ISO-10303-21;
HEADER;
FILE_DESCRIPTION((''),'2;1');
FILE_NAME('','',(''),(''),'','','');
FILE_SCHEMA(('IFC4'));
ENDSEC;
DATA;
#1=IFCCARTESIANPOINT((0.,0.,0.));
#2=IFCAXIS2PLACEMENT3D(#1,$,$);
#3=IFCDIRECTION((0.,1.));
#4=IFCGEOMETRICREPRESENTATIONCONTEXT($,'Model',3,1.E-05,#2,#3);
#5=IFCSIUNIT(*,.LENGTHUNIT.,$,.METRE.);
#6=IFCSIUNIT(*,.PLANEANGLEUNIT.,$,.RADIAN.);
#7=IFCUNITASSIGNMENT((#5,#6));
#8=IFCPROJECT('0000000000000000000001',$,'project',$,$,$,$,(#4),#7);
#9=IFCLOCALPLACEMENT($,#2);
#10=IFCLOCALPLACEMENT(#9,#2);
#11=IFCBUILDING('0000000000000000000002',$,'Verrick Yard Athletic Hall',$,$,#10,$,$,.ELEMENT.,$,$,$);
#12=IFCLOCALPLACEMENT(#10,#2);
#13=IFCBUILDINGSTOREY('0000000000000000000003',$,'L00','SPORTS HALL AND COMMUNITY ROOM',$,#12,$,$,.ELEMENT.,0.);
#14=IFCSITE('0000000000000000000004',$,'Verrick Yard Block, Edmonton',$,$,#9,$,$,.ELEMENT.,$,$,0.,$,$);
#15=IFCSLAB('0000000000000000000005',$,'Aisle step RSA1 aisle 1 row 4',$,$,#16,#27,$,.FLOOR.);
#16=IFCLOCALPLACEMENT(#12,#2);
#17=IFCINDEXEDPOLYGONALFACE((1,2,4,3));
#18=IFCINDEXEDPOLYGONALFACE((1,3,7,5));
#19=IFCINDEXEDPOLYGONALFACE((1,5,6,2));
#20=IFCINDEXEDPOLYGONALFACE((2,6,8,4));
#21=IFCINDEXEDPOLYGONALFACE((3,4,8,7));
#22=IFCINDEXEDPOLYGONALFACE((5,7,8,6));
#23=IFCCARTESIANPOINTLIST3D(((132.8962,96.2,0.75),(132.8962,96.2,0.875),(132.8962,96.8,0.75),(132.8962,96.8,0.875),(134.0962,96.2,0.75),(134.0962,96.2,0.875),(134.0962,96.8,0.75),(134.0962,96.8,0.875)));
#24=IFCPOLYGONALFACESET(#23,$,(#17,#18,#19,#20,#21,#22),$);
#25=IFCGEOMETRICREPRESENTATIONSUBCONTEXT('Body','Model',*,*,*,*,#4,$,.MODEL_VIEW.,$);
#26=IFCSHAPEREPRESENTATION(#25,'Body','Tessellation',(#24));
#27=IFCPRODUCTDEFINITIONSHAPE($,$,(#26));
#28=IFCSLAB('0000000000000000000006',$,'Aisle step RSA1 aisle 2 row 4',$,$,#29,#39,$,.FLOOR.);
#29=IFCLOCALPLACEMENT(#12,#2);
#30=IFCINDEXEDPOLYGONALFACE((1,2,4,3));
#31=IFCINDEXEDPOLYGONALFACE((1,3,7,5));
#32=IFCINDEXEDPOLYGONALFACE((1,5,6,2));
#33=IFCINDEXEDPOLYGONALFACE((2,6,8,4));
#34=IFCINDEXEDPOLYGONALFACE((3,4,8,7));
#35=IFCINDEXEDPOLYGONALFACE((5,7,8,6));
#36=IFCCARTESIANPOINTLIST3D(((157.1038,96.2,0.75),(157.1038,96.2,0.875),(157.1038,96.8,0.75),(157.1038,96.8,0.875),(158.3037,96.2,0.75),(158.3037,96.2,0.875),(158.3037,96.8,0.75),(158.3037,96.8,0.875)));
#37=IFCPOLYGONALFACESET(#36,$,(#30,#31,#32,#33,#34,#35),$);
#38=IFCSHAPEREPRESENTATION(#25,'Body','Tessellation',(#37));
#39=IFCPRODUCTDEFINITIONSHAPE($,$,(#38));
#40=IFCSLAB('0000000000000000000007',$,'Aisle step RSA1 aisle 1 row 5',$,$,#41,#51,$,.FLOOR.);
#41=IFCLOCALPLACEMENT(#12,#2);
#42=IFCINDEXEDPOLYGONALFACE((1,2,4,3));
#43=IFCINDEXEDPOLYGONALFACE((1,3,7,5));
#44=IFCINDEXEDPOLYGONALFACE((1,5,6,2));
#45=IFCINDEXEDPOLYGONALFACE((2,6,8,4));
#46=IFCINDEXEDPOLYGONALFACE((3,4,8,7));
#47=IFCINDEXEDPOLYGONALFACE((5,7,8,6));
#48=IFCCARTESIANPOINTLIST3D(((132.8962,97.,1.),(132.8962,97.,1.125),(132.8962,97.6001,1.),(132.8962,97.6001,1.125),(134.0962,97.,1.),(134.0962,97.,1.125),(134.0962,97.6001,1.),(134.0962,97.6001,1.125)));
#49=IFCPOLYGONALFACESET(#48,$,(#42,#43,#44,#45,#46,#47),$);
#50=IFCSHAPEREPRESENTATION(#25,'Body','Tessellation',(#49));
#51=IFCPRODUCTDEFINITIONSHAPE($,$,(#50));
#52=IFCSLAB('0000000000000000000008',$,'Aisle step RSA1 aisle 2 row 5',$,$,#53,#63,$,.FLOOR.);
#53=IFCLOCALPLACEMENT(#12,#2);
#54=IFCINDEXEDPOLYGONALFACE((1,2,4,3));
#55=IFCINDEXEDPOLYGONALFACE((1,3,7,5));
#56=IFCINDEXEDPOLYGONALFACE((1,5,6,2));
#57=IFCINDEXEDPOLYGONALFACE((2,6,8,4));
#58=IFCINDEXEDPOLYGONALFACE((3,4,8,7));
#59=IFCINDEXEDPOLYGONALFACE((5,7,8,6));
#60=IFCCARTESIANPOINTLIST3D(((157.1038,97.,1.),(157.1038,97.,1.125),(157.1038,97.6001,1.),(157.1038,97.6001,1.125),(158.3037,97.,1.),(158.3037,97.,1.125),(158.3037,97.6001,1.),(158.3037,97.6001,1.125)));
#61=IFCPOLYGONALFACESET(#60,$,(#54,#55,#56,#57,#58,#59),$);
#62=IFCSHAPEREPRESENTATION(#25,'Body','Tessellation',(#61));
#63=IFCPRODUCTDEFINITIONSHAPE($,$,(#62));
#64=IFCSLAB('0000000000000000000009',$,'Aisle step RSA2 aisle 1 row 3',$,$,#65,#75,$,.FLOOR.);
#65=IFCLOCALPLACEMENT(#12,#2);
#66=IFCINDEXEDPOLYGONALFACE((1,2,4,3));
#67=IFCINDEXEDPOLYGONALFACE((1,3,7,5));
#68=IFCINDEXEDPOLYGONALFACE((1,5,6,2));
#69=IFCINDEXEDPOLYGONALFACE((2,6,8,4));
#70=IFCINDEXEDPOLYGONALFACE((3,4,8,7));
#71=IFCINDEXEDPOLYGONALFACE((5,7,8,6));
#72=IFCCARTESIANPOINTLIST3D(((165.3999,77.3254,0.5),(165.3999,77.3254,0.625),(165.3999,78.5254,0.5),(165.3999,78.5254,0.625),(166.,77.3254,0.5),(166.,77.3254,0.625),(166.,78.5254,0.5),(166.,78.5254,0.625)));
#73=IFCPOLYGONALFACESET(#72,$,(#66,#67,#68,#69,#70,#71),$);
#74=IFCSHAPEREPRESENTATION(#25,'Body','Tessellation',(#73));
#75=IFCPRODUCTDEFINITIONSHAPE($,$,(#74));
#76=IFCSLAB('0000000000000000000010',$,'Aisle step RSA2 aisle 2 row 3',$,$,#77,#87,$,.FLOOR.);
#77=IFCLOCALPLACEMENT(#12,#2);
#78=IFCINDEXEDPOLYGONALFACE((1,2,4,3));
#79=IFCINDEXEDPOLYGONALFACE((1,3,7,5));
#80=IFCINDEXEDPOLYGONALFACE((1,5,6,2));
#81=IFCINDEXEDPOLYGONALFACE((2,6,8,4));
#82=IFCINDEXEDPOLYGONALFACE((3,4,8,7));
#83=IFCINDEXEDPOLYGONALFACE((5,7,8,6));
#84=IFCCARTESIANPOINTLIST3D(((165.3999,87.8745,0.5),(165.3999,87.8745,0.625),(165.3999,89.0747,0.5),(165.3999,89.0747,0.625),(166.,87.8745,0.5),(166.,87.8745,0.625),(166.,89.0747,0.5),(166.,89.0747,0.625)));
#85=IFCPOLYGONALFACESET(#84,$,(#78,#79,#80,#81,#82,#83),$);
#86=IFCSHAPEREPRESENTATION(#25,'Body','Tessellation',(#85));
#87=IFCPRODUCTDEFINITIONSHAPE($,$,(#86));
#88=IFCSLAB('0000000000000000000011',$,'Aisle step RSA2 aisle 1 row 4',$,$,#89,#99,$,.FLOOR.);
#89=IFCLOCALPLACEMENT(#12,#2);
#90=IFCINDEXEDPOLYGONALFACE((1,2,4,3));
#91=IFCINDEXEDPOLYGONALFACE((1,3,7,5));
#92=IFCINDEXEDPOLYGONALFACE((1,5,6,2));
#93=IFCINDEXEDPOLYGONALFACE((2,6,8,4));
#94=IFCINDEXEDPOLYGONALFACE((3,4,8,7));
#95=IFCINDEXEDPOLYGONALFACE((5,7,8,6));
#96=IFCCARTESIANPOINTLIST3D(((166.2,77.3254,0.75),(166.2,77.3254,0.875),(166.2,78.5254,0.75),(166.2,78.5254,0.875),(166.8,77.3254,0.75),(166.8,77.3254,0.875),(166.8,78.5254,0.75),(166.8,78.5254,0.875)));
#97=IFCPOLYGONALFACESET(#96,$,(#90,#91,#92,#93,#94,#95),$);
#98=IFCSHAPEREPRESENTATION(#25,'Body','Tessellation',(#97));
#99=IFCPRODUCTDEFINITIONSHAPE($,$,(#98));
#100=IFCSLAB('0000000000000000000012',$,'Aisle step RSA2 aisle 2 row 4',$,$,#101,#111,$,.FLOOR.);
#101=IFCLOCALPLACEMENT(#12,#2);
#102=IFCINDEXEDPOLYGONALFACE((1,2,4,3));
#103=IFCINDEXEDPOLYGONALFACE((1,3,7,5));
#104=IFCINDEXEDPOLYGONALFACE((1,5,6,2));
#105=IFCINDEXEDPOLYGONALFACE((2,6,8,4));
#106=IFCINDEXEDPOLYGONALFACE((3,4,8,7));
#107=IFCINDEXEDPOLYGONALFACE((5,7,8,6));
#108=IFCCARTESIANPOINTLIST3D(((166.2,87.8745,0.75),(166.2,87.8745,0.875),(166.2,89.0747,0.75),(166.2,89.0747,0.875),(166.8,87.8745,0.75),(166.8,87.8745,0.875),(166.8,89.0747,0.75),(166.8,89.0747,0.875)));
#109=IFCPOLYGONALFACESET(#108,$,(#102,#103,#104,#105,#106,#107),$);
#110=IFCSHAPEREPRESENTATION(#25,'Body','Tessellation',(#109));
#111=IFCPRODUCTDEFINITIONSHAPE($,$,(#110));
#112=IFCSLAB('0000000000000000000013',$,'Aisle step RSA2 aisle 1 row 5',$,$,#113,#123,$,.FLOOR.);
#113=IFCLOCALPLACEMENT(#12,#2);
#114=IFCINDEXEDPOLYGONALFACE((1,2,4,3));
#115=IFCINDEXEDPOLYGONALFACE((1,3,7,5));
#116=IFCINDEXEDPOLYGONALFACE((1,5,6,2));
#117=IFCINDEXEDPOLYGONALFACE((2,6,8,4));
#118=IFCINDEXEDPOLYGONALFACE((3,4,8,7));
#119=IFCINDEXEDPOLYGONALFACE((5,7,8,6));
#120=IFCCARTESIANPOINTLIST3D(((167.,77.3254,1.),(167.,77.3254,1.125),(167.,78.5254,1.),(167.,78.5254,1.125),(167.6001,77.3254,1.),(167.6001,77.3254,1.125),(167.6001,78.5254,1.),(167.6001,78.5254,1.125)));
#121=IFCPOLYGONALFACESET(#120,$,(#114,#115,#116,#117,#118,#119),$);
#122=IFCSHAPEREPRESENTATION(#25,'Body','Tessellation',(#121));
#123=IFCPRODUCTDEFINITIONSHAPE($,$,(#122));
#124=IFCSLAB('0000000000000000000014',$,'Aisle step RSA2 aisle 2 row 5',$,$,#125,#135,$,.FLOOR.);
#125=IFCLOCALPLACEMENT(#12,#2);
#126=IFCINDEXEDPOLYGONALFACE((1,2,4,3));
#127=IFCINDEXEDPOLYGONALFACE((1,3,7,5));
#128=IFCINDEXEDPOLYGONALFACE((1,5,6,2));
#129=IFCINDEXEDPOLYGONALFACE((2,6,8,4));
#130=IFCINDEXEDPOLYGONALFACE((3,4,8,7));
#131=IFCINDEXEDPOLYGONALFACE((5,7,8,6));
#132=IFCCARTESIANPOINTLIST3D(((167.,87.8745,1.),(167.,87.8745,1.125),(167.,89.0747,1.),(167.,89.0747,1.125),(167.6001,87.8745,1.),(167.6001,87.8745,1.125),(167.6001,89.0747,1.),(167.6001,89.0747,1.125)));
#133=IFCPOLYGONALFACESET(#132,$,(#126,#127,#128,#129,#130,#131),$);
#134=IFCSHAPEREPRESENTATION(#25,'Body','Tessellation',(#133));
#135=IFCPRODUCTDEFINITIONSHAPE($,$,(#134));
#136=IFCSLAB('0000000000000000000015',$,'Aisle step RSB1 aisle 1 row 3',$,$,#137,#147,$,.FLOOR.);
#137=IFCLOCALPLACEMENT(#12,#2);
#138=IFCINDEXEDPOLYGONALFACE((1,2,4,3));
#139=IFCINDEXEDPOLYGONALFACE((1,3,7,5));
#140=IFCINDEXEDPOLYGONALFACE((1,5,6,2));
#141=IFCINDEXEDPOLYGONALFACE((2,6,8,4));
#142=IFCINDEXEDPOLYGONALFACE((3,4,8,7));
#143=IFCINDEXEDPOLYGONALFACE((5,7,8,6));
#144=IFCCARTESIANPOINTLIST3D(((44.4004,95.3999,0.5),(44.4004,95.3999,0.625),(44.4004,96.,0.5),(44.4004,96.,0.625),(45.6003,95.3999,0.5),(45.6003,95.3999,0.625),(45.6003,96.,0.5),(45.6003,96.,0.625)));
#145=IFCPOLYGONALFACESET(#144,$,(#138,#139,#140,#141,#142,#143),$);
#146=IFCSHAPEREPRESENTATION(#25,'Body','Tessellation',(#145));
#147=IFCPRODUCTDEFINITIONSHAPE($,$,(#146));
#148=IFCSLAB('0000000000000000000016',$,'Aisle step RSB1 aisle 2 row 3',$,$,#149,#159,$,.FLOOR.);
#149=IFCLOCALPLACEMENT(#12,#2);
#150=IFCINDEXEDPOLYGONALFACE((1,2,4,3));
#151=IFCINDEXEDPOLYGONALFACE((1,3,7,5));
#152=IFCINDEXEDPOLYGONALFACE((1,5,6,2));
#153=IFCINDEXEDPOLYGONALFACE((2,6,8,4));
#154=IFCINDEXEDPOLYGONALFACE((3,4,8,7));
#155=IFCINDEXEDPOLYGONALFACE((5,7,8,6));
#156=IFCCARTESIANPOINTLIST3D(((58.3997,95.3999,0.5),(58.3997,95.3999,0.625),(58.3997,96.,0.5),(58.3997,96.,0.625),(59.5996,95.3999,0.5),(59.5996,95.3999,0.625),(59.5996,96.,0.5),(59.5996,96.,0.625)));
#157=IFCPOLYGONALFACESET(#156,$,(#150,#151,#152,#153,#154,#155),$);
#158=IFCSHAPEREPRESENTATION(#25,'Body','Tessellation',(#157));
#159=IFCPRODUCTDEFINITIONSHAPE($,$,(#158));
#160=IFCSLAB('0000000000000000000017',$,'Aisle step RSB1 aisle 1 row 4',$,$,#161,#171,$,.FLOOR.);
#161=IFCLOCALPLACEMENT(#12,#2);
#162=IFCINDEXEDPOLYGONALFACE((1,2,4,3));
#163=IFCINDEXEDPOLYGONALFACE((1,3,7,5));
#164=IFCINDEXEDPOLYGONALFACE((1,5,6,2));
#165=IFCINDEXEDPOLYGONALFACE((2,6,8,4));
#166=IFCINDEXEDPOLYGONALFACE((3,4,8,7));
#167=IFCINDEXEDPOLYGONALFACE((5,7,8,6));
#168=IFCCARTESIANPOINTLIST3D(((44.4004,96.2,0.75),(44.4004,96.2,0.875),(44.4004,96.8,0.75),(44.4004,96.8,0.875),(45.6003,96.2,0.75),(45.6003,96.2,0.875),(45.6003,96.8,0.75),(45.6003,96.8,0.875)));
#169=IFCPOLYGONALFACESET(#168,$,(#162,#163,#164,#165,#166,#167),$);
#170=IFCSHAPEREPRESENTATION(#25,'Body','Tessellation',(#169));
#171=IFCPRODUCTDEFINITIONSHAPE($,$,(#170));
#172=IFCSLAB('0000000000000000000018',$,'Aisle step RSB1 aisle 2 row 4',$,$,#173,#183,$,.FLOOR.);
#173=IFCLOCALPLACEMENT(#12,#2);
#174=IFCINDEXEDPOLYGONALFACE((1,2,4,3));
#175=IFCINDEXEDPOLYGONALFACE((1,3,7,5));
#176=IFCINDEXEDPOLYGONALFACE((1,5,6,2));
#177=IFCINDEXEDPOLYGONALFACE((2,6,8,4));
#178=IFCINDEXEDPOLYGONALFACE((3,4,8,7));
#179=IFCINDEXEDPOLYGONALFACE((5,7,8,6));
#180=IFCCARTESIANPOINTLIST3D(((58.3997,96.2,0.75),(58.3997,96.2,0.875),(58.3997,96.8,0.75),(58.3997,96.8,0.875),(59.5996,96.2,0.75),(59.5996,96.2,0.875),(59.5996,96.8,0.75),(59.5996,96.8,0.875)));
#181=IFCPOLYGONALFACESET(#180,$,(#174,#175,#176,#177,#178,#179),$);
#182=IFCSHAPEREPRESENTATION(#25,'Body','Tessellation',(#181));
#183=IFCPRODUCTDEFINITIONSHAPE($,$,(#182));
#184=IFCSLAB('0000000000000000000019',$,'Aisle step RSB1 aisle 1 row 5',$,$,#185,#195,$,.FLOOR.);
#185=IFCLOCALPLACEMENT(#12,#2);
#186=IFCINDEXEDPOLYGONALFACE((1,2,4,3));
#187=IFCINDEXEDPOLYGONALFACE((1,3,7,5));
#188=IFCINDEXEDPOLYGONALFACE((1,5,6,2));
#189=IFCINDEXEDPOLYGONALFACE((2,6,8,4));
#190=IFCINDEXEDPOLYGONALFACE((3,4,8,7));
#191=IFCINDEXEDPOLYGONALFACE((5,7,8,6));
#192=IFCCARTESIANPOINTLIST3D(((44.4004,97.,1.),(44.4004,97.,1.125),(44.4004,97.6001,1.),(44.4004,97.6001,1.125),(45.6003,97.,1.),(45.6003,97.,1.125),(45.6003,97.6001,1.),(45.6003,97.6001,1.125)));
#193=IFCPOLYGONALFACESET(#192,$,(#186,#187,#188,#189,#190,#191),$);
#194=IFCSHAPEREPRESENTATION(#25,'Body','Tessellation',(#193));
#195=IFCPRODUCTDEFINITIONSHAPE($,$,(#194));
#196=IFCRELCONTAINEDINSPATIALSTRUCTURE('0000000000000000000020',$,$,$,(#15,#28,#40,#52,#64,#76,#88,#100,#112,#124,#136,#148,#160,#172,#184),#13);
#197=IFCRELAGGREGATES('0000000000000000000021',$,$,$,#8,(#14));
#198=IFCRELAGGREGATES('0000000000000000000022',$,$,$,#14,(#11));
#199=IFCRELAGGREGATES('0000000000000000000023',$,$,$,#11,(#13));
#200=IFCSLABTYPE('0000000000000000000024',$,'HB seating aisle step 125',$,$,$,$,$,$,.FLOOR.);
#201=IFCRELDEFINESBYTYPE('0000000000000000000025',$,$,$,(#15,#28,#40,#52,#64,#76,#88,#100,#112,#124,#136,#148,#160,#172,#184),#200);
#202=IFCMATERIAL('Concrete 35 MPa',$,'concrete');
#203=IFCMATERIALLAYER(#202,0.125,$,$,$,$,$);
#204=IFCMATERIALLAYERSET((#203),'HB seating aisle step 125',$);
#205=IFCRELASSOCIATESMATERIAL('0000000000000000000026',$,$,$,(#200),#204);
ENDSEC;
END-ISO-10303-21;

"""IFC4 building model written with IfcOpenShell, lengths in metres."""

from ifc_helpers import new_model, si_unit, direction, frame, origin, place, context, subcontext, project, spatial, polyline, outline, extrude, material, layer, layer_set, type_object, element, save


model = new_model("IFC4")

# Units and contexts
model_context = context("Model", 3, precision=1e-05, world=origin(), true_north=direction((0.0, 1.0)))
body_context = subcontext(model_context, "Body", "Model", "MODEL_VIEW")
ifc_project = project(units=[si_unit("LENGTHUNIT", "METRE"), si_unit("PLANEANGLEUNIT", "RADIAN")], contexts=[model_context])

# Site, building, storey
site_placement = place(None, origin())
site = spatial("IfcSite", under=ifc_project, at=site_placement, Name="Verrick Yard Block, Edmonton", CompositionType="ELEMENT", RefElevation=0.0)
building_placement = place(site_placement, origin())
building = spatial("IfcBuilding", under=site, at=building_placement, Name="Verrick Yard Athletic Hall", CompositionType="ELEMENT")
storey_placement = place(building_placement, origin())
storey = spatial("IfcBuildingStorey", under=building, at=storey_placement, Name="L00", Description="SPORTS HALL AND COMMUNITY ROOM", CompositionType="ELEMENT", Elevation=0.0)

# Slabs
ifc_material = material(Name="Concrete 35 MPa", Category="concrete")
ifc_layer_1 = layer(ifc_material, 0.125)
ifc_layer_set_1 = layer_set([ifc_layer_1], Name="HB seating aisle step 125")
slab_type_1 = type_object("IfcSlabType", Name="HB seating aisle step 125", PredefinedType="FLOOR", material=ifc_layer_set_1)
slab_1_placement = place(storey_placement, frame((0.0, 0.0, 0.75)))
element("IfcSlab", 1, at=slab_1_placement, inside=storey, type_object=slab_type_1, Name="Aisle step RSA1 aisle 1 row 4", PredefinedType="FLOOR", context=body_context, shape_type="SweptSolid", body=[
    extrude(outline(polyline([(132.8962, 96.2), (134.0962, 96.2), (134.0962, 96.8), (132.8962, 96.8), (132.8962, 96.2)])), origin(), (0.0, 0.0, 1.0), 0.125),
])
slab_2_placement = place(storey_placement, frame((0.0, 0.0, 0.75)))
element("IfcSlab", 2, at=slab_2_placement, inside=storey, type_object=slab_type_1, Name="Aisle step RSA1 aisle 2 row 4", PredefinedType="FLOOR", context=body_context, shape_type="SweptSolid", body=[
    extrude(outline(polyline([(157.1038, 96.2), (158.3037, 96.2), (158.3037, 96.8), (157.1038, 96.8), (157.1038, 96.2)])), origin(), (0.0, 0.0, 1.0), 0.125),
])
slab_3_placement = place(storey_placement, frame((0.0, 0.0, 1.0)))
element("IfcSlab", 3, at=slab_3_placement, inside=storey, type_object=slab_type_1, Name="Aisle step RSA1 aisle 1 row 5", PredefinedType="FLOOR", context=body_context, shape_type="SweptSolid", body=[
    extrude(outline(polyline([(132.8962, 97.0), (134.0962, 97.0), (134.0962, 97.6001), (132.8962, 97.6001), (132.8962, 97.0)])), origin(), (0.0, 0.0, 1.0), 0.125),
])
slab_4_placement = place(storey_placement, frame((0.0, 0.0, 1.0)))
element("IfcSlab", 4, at=slab_4_placement, inside=storey, type_object=slab_type_1, Name="Aisle step RSA1 aisle 2 row 5", PredefinedType="FLOOR", context=body_context, shape_type="SweptSolid", body=[
    extrude(outline(polyline([(157.1038, 97.0), (158.3037, 97.0), (158.3037, 97.6001), (157.1038, 97.6001), (157.1038, 97.0)])), origin(), (0.0, 0.0, 1.0), 0.125),
])
slab_5_placement = place(storey_placement, frame((0.0, 0.0, 0.5)))
element("IfcSlab", 5, at=slab_5_placement, inside=storey, type_object=slab_type_1, Name="Aisle step RSA2 aisle 1 row 3", PredefinedType="FLOOR", context=body_context, shape_type="SweptSolid", body=[
    extrude(outline(polyline([(166.0, 77.3254), (166.0, 78.5254), (165.3999, 78.5254), (165.3999, 77.3254), (166.0, 77.3254)])), origin(), (0.0, 0.0, 1.0), 0.125),
])
slab_6_placement = place(storey_placement, frame((0.0, 0.0, 0.5)))
element("IfcSlab", 6, at=slab_6_placement, inside=storey, type_object=slab_type_1, Name="Aisle step RSA2 aisle 2 row 3", PredefinedType="FLOOR", context=body_context, shape_type="SweptSolid", body=[
    extrude(outline(polyline([(166.0, 87.8745), (166.0, 89.0747), (165.3999, 89.0747), (165.3999, 87.8745), (166.0, 87.8745)])), origin(), (0.0, 0.0, 1.0), 0.125),
])
slab_7_placement = place(storey_placement, frame((0.0, 0.0, 0.75)))
element("IfcSlab", 7, at=slab_7_placement, inside=storey, type_object=slab_type_1, Name="Aisle step RSA2 aisle 1 row 4", PredefinedType="FLOOR", context=body_context, shape_type="SweptSolid", body=[
    extrude(outline(polyline([(166.8, 77.3254), (166.8, 78.5254), (166.2, 78.5254), (166.2, 77.3254), (166.8, 77.3254)])), origin(), (0.0, 0.0, 1.0), 0.125),
])
slab_8_placement = place(storey_placement, frame((0.0, 0.0, 0.75)))
element("IfcSlab", 8, at=slab_8_placement, inside=storey, type_object=slab_type_1, Name="Aisle step RSA2 aisle 2 row 4", PredefinedType="FLOOR", context=body_context, shape_type="SweptSolid", body=[
    extrude(outline(polyline([(166.8, 87.8745), (166.8, 89.0747), (166.2, 89.0747), (166.2, 87.8745), (166.8, 87.8745)])), origin(), (0.0, 0.0, 1.0), 0.125),
])
slab_9_placement = place(storey_placement, frame((0.0, 0.0, 1.0)))
element("IfcSlab", 9, at=slab_9_placement, inside=storey, type_object=slab_type_1, Name="Aisle step RSA2 aisle 1 row 5", PredefinedType="FLOOR", context=body_context, shape_type="SweptSolid", body=[
    extrude(outline(polyline([(167.6001, 77.3254), (167.6001, 78.5254), (167.0, 78.5254), (167.0, 77.3254), (167.6001, 77.3254)])), origin(), (0.0, 0.0, 1.0), 0.125),
])
slab_10_placement = place(storey_placement, frame((0.0, 0.0, 1.0)))
element("IfcSlab", 10, at=slab_10_placement, inside=storey, type_object=slab_type_1, Name="Aisle step RSA2 aisle 2 row 5", PredefinedType="FLOOR", context=body_context, shape_type="SweptSolid", body=[
    extrude(outline(polyline([(167.6001, 87.8745), (167.6001, 89.0747), (167.0, 89.0747), (167.0, 87.8745), (167.6001, 87.8745)])), origin(), (0.0, 0.0, 1.0), 0.125),
])
slab_11_placement = place(storey_placement, frame((0.0, 0.0, 0.5)))
element("IfcSlab", 11, at=slab_11_placement, inside=storey, type_object=slab_type_1, Name="Aisle step RSB1 aisle 1 row 3", PredefinedType="FLOOR", context=body_context, shape_type="SweptSolid", body=[
    extrude(outline(polyline([(44.4004, 95.3999), (45.6003, 95.3999), (45.6003, 96.0), (44.4004, 96.0), (44.4004, 95.3999)])), origin(), (0.0, 0.0, 1.0), 0.125),
])
slab_12_placement = place(storey_placement, frame((0.0, 0.0, 0.5)))
element("IfcSlab", 12, at=slab_12_placement, inside=storey, type_object=slab_type_1, Name="Aisle step RSB1 aisle 2 row 3", PredefinedType="FLOOR", context=body_context, shape_type="SweptSolid", body=[
    extrude(outline(polyline([(58.3997, 95.3999), (59.5996, 95.3999), (59.5996, 96.0), (58.3997, 96.0), (58.3997, 95.3999)])), origin(), (0.0, 0.0, 1.0), 0.125),
])
slab_13_placement = place(storey_placement, frame((0.0, 0.0, 0.75)))
element("IfcSlab", 13, at=slab_13_placement, inside=storey, type_object=slab_type_1, Name="Aisle step RSB1 aisle 1 row 4", PredefinedType="FLOOR", context=body_context, shape_type="SweptSolid", body=[
    extrude(outline(polyline([(44.4004, 96.2), (45.6003, 96.2), (45.6003, 96.8), (44.4004, 96.8), (44.4004, 96.2)])), origin(), (0.0, 0.0, 1.0), 0.125),
])
slab_14_placement = place(storey_placement, frame((0.0, 0.0, 0.75)))
element("IfcSlab", 14, at=slab_14_placement, inside=storey, type_object=slab_type_1, Name="Aisle step RSB1 aisle 2 row 4", PredefinedType="FLOOR", context=body_context, shape_type="SweptSolid", body=[
    extrude(outline(polyline([(58.3997, 96.2), (59.5996, 96.2), (59.5996, 96.8), (58.3997, 96.8), (58.3997, 96.2)])), origin(), (0.0, 0.0, 1.0), 0.125),
])
slab_15_placement = place(storey_placement, frame((0.0, 0.0, 1.0)))
element("IfcSlab", 15, at=slab_15_placement, inside=storey, type_object=slab_type_1, Name="Aisle step RSB1 aisle 1 row 5", PredefinedType="FLOOR", context=body_context, shape_type="SweptSolid", body=[
    extrude(outline(polyline([(44.4004, 97.0), (45.6003, 97.0), (45.6003, 97.6001), (44.4004, 97.6001), (44.4004, 97.0)])), origin(), (0.0, 0.0, 1.0), 0.125),
])

save(model, "model.ifc")
